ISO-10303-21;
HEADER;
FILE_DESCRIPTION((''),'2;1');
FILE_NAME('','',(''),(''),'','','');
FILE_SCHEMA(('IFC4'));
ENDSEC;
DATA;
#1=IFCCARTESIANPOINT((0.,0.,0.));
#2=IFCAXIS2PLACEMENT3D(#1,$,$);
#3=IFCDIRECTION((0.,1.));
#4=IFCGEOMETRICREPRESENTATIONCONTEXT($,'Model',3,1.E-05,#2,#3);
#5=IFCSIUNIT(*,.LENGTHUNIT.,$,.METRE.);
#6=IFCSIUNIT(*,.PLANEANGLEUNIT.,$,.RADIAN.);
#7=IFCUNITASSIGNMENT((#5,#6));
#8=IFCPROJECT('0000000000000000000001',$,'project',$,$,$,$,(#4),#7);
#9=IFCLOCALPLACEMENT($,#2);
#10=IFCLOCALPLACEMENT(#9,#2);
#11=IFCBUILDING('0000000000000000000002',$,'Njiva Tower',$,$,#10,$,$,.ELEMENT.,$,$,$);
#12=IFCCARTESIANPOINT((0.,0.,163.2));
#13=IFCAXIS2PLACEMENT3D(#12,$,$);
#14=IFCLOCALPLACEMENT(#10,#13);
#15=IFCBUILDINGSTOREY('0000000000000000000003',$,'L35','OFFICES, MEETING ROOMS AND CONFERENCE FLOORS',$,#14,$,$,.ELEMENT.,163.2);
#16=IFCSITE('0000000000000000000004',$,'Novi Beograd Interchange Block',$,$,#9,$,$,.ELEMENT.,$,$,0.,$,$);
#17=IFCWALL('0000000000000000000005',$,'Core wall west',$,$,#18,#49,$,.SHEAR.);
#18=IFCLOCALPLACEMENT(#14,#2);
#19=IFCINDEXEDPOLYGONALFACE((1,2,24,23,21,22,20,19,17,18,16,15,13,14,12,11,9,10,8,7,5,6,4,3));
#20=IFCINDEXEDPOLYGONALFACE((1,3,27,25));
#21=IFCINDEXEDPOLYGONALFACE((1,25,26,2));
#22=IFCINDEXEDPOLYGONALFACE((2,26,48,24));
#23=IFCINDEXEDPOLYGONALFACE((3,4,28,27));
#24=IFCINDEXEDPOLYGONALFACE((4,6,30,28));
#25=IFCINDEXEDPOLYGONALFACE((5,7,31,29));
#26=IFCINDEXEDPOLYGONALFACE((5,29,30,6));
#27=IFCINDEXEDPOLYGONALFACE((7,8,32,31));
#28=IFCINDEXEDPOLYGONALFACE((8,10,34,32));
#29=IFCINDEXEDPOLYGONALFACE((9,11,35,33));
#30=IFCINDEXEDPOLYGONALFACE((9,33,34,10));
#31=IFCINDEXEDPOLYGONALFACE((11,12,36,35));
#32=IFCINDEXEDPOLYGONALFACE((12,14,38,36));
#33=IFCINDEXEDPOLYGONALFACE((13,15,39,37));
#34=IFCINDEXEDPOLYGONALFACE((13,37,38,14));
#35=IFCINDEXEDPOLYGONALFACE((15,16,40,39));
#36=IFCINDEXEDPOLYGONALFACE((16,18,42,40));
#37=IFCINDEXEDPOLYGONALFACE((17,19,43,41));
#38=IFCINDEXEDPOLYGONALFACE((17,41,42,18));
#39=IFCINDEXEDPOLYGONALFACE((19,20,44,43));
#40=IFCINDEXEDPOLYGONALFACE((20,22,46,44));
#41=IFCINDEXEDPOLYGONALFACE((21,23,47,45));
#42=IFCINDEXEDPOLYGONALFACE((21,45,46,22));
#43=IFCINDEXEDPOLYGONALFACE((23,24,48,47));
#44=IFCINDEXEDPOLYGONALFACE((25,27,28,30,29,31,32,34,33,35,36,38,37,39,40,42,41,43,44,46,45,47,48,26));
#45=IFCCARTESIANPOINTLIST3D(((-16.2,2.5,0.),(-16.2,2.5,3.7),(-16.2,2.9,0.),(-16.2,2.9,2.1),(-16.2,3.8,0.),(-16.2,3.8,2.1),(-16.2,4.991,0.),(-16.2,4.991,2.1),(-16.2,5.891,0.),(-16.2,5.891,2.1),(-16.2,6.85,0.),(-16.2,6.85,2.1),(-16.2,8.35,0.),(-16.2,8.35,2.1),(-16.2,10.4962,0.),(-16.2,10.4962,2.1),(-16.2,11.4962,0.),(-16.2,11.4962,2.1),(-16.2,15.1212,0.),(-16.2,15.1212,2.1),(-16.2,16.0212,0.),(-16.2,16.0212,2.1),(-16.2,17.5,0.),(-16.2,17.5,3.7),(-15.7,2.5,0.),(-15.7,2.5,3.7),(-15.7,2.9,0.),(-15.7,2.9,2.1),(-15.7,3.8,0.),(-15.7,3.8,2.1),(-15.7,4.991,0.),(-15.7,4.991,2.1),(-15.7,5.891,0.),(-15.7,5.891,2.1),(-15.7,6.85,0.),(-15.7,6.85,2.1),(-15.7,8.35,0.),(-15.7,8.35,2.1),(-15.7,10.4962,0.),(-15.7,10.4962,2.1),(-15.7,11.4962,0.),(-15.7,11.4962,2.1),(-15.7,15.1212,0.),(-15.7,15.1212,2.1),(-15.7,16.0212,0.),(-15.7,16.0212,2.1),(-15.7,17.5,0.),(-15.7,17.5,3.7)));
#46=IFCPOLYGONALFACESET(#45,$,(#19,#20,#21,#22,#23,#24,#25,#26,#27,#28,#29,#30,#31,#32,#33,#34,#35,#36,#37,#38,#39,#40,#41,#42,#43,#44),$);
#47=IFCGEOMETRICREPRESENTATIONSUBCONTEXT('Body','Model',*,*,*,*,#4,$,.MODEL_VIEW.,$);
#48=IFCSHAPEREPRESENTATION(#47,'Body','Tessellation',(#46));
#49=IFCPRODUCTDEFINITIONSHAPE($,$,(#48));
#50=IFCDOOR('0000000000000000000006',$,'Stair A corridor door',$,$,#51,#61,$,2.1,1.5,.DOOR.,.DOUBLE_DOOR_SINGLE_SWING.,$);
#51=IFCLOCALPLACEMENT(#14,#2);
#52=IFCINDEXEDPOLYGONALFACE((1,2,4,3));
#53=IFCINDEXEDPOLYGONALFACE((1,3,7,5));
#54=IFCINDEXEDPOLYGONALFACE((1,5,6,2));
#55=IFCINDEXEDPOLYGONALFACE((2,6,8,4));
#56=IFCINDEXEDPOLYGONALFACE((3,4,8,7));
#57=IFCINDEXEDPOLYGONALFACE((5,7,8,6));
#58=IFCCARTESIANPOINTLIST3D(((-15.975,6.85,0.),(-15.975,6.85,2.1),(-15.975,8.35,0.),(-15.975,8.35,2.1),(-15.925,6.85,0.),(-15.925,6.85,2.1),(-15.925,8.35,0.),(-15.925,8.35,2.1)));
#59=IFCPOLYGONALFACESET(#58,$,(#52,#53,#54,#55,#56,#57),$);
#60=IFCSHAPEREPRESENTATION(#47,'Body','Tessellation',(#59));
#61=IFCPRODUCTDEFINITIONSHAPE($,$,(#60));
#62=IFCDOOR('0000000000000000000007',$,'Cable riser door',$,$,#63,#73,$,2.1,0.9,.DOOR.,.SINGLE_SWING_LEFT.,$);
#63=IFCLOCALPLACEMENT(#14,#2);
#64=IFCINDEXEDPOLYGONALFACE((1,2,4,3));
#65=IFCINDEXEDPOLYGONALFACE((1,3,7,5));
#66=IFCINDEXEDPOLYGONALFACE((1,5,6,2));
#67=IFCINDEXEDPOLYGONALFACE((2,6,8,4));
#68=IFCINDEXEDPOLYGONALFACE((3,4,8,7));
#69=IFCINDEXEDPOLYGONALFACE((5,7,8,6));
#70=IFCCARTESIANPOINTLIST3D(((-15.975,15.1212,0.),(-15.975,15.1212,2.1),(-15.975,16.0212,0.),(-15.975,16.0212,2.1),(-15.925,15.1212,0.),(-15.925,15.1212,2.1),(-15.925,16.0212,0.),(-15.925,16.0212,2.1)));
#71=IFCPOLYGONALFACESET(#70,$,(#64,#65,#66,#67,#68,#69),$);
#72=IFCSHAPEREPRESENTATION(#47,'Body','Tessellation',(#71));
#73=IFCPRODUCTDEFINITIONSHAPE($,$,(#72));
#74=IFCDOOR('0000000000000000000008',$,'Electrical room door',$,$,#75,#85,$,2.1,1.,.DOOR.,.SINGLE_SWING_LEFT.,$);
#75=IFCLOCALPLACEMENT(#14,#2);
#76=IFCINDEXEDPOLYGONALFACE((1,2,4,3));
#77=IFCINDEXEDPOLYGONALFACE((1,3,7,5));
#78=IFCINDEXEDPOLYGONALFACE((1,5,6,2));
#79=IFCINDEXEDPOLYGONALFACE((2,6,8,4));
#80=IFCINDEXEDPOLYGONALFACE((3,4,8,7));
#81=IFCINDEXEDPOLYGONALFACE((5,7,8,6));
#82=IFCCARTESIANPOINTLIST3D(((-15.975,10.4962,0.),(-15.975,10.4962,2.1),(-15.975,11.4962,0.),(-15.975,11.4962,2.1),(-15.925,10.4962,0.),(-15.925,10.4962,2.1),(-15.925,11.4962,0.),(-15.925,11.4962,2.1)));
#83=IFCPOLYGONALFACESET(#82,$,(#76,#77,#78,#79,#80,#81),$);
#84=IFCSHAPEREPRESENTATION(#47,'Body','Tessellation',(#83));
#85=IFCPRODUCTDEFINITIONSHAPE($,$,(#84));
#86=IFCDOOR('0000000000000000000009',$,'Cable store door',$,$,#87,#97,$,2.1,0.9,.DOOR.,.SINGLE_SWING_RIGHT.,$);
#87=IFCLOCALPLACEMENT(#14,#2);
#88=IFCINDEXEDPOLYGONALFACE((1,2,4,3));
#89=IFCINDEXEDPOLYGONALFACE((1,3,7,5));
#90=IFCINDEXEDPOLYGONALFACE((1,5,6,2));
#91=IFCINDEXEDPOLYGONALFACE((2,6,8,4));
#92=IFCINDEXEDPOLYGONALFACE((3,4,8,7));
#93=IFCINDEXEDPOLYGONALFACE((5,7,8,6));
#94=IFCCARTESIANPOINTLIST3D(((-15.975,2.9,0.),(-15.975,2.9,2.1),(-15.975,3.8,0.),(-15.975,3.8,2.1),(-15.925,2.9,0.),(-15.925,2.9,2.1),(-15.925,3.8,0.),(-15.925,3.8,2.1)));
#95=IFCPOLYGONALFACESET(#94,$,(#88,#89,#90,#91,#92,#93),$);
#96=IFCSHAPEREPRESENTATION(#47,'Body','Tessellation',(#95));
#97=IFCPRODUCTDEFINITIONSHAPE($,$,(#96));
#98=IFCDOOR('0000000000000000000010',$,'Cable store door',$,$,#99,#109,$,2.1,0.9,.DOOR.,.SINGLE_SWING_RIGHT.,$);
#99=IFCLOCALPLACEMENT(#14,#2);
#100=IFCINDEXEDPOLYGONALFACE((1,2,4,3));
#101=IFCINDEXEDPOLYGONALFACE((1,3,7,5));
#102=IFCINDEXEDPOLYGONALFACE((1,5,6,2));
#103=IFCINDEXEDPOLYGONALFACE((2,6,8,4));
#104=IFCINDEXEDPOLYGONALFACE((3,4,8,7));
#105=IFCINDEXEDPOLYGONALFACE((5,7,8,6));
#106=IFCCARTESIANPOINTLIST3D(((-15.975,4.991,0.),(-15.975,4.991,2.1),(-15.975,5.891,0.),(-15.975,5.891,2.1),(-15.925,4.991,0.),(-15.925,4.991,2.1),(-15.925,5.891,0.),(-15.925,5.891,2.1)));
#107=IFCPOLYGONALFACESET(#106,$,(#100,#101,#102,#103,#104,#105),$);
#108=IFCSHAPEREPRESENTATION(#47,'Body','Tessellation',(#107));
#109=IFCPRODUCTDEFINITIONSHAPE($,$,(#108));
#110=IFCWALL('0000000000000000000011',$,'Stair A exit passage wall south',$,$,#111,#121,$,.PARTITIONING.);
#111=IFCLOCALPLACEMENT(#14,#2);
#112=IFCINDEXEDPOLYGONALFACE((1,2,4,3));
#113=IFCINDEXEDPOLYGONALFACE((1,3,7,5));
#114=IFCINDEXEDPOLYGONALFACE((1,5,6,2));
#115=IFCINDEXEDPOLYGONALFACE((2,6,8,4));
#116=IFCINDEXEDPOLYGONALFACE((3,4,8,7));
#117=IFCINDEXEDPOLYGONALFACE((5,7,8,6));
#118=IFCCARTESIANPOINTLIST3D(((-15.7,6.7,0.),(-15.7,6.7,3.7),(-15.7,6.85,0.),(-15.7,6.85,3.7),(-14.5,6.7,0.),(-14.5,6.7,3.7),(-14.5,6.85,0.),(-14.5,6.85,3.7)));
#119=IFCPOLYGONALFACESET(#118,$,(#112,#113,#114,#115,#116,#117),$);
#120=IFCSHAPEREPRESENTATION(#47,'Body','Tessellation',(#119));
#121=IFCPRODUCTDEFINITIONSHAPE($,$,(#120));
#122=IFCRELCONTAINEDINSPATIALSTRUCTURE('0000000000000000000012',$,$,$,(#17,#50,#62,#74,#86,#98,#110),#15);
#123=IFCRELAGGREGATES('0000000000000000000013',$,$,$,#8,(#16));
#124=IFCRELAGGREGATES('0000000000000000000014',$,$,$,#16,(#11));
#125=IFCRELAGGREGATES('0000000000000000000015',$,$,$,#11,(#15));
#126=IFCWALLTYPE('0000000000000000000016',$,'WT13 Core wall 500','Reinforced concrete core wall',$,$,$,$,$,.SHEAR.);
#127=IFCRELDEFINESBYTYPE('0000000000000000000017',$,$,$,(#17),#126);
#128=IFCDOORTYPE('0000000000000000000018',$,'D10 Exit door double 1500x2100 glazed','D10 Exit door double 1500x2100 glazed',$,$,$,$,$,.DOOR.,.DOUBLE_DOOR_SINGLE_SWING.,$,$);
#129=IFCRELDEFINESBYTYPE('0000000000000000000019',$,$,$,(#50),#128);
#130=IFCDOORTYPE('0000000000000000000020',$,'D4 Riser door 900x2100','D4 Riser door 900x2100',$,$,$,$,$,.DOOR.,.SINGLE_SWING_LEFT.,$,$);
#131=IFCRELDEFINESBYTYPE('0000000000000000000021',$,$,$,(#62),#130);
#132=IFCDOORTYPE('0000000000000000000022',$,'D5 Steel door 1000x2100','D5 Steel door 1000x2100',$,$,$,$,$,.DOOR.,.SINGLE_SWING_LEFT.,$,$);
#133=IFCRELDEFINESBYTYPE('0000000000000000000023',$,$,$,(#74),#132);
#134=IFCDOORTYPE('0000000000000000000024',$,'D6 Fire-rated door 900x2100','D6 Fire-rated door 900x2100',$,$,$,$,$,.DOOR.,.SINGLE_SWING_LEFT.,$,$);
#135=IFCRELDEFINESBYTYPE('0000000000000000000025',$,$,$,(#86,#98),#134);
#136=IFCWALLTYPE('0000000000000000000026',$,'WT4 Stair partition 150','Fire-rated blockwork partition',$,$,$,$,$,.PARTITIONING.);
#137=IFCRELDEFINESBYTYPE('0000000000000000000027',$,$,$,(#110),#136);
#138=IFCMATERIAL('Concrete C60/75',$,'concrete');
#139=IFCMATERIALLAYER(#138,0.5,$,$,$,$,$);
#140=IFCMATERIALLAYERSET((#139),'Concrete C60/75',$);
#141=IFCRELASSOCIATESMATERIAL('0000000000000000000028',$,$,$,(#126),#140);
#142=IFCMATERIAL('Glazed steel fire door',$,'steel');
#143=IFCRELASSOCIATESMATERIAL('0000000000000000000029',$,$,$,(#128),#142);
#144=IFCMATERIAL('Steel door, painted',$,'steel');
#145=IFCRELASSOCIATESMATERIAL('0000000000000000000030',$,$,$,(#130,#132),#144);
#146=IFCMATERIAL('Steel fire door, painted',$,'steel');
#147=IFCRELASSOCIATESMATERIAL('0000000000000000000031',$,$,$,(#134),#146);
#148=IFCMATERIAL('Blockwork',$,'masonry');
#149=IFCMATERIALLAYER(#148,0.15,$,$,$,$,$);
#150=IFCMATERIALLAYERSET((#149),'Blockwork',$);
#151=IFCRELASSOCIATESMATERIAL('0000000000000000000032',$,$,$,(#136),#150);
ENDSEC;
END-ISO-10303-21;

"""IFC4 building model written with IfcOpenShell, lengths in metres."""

from ifc_helpers import new_model, si_unit, direction, frame, frame_2d, origin, place, context, subcontext, project, spatial, rectangle, extrude, material, layer, layer_set, type_object, element, fill, save


model = new_model("IFC4")

# Units and contexts
model_context = context("Model", 3, precision=1e-05, world=origin(), true_north=direction((0.0, 1.0)))
body_context = subcontext(model_context, "Body", "Model", "MODEL_VIEW")
ifc_project = project(units=[si_unit("LENGTHUNIT", "METRE"), si_unit("PLANEANGLEUNIT", "RADIAN")], contexts=[model_context])

# Site, building, storey
site_placement = place(None, origin())
site = spatial("IfcSite", under=ifc_project, at=site_placement, Name="Novi Beograd Interchange Block", CompositionType="ELEMENT", RefElevation=0.0)
building_placement = place(site_placement, origin())
building = spatial("IfcBuilding", under=site, at=building_placement, Name="Njiva Tower", CompositionType="ELEMENT")
storey_placement = place(building_placement, frame((0.0, 0.0, 163.2)))
storey = spatial("IfcBuildingStorey", under=building, at=storey_placement, Name="L35", Description="OFFICES, MEETING ROOMS AND CONFERENCE FLOORS", CompositionType="ELEMENT", Elevation=163.2)

# Shared definitions
ifc_material_1 = material(Name="Blockwork", Category="masonry")

# Wall, openings, doors
ifc_material_2 = material(Name="Concrete C60/75", Category="concrete")
ifc_layer_1 = layer(ifc_material_2, 0.5)
ifc_layer_set_1 = layer_set([ifc_layer_1], Name="Concrete C60/75")
wall_type_1 = type_object("IfcWallType", Name="WT13 Core wall 500", Description="Reinforced concrete core wall", PredefinedType="SHEAR", material=ifc_layer_set_1)
wall_1_placement = place(storey_placement, frame((-15.95, 2.5, 0.0), z_axis=(0.0, 0.0, 1.0), x_axis=(0.0, 1.0, 0.0)))
wall_1 = element("IfcWall", 1, at=wall_1_placement, inside=storey, type_object=wall_type_1, Name="Core wall west", PredefinedType="SHEAR", context=body_context, shape_type="SweptSolid", body=[
    extrude(rectangle(XDim=15.0, YDim=0.5, at=frame_2d((7.5, 0.0))), origin(), (0.0, 0.0, 1.0), 3.7),
])
opening_1_placement = place(wall_1_placement, frame((4.35, 0.0, 0.0)))
opening_1 = element("IfcOpeningElement", 2, at=opening_1_placement, cuts=wall_1, PredefinedType="OPENING", context=body_context, shape_type="SweptSolid", body=[
    extrude(rectangle(XDim=1.5, YDim=2.1, at=frame_2d((0.75, 1.05))), frame((0.0, 0.26, 0.0), z_axis=(0.0, -1.0, 0.0), x_axis=(1.0, 0.0, 0.0)), (0.0, 0.0, 1.0), 0.52),
])
opening_2_placement = place(wall_1_placement, frame((0.4, 0.0, 0.0)))
opening_2 = element("IfcOpeningElement", 3, at=opening_2_placement, cuts=wall_1, PredefinedType="OPENING", context=body_context, shape_type="SweptSolid", body=[
    extrude(rectangle(XDim=0.9, YDim=2.1, at=frame_2d((0.45, 1.05))), frame((0.0, 0.26, 0.0), z_axis=(0.0, -1.0, 0.0), x_axis=(1.0, 0.0, 0.0)), (0.0, 0.0, 1.0), 0.52),
])
opening_3_placement = place(wall_1_placement, frame((2.491, 0.0, 0.0)))
opening_3 = element("IfcOpeningElement", 4, at=opening_3_placement, cuts=wall_1, PredefinedType="OPENING", context=body_context, shape_type="SweptSolid", body=[
    extrude(rectangle(XDim=0.9, YDim=2.1, at=frame_2d((0.45, 1.05))), frame((0.0, 0.26, 0.0), z_axis=(0.0, -1.0, 0.0), x_axis=(1.0, 0.0, 0.0)), (0.0, 0.0, 1.0), 0.52),
])
opening_4_placement = place(wall_1_placement, frame((7.9962, 0.0, 0.0)))
opening_4 = element("IfcOpeningElement", 5, at=opening_4_placement, cuts=wall_1, PredefinedType="OPENING", context=body_context, shape_type="SweptSolid", body=[
    extrude(rectangle(XDim=1.0, YDim=2.1, at=frame_2d((0.5, 1.05))), frame((0.0, 0.26, 0.0), z_axis=(0.0, -1.0, 0.0), x_axis=(1.0, 0.0, 0.0)), (0.0, 0.0, 1.0), 0.52),
])
opening_5_placement = place(wall_1_placement, frame((12.6212, 0.0, 0.0)))
opening_5 = element("IfcOpeningElement", 6, at=opening_5_placement, cuts=wall_1, PredefinedType="OPENING", context=body_context, shape_type="SweptSolid", body=[
    extrude(rectangle(XDim=0.9, YDim=2.1, at=frame_2d((0.45, 1.05))), frame((0.0, 0.26, 0.0), z_axis=(0.0, -1.0, 0.0), x_axis=(1.0, 0.0, 0.0)), (0.0, 0.0, 1.0), 0.52),
])
ifc_material_3 = material(Name="Glazed steel fire door", Category="steel")
door_type_1 = type_object("IfcDoorType", Name="D10 Exit door double 1500x2100 glazed", Description="D10 Exit door double 1500x2100 glazed", OperationType="DOUBLE_DOOR_SINGLE_SWING", PredefinedType="DOOR", material=ifc_material_3)
door_1_placement = place(opening_1_placement, origin())
door_1 = element("IfcDoor", 7, at=door_1_placement, inside=storey, type_object=door_type_1, Name="Stair A corridor door", OperationType="DOUBLE_DOOR_SINGLE_SWING", OverallHeight=2.1, OverallWidth=1.5, PredefinedType="DOOR", context=body_context, shape_type="SweptSolid", body=[
    extrude(rectangle(XDim=1.5, YDim=2.1, at=frame_2d((0.75, 1.05))), frame((0.0, 0.025, 0.0), z_axis=(0.0, -1.0, 0.0), x_axis=(1.0, 0.0, 0.0)), (0.0, 0.0, 1.0), 0.05),
])
fill(opening_1, door_1)
ifc_material_4 = material(Name="Steel door, painted", Category="steel")
door_type_2 = type_object("IfcDoorType", Name="D4 Riser door 900x2100", Description="D4 Riser door 900x2100", OperationType="SINGLE_SWING_LEFT", PredefinedType="DOOR", material=ifc_material_4)
door_2_placement = place(opening_5_placement, origin())
door_2 = element("IfcDoor", 8, at=door_2_placement, inside=storey, type_object=door_type_2, Name="Cable riser door", OperationType="SINGLE_SWING_LEFT", OverallHeight=2.1, OverallWidth=0.9, PredefinedType="DOOR", context=body_context, shape_type="SweptSolid", body=[
    extrude(rectangle(XDim=0.9, YDim=2.1, at=frame_2d((0.45, 1.05))), frame((0.0, 0.025, 0.0), z_axis=(0.0, -1.0, 0.0), x_axis=(1.0, 0.0, 0.0)), (0.0, 0.0, 1.0), 0.05),
])
fill(opening_5, door_2)
door_type_3 = type_object("IfcDoorType", Name="D5 Steel door 1000x2100", Description="D5 Steel door 1000x2100", OperationType="SINGLE_SWING_LEFT", PredefinedType="DOOR", material=ifc_material_4)
door_3_placement = place(opening_4_placement, origin())
door_3 = element("IfcDoor", 9, at=door_3_placement, inside=storey, type_object=door_type_3, Name="Electrical room door", OperationType="SINGLE_SWING_LEFT", OverallHeight=2.1, OverallWidth=1.0, PredefinedType="DOOR", context=body_context, shape_type="SweptSolid", body=[
    extrude(rectangle(XDim=1.0, YDim=2.1, at=frame_2d((0.5, 1.05))), frame((0.0, 0.025, 0.0), z_axis=(0.0, -1.0, 0.0), x_axis=(1.0, 0.0, 0.0)), (0.0, 0.0, 1.0), 0.05),
])
fill(opening_4, door_3)
ifc_material_5 = material(Name="Steel fire door, painted", Category="steel")
door_type_4 = type_object("IfcDoorType", Name="D6 Fire-rated door 900x2100", Description="D6 Fire-rated door 900x2100", OperationType="SINGLE_SWING_LEFT", PredefinedType="DOOR", material=ifc_material_5)
door_4_placement = place(opening_2_placement, origin())
door_4 = element("IfcDoor", 10, at=door_4_placement, inside=storey, type_object=door_type_4, Name="Cable store door", OperationType="SINGLE_SWING_RIGHT", OverallHeight=2.1, OverallWidth=0.9, PredefinedType="DOOR", context=body_context, shape_type="SweptSolid", body=[
    extrude(rectangle(XDim=0.9, YDim=2.1, at=frame_2d((0.45, 1.05))), frame((0.0, 0.025, 0.0), z_axis=(0.0, -1.0, 0.0), x_axis=(1.0, 0.0, 0.0)), (0.0, 0.0, 1.0), 0.05),
])
fill(opening_2, door_4)
door_5_placement = place(opening_3_placement, origin())
door_5 = element("IfcDoor", 11, at=door_5_placement, inside=storey, type_object=door_type_4, Name="Cable store door", OperationType="SINGLE_SWING_RIGHT", OverallHeight=2.1, OverallWidth=0.9, PredefinedType="DOOR", context=body_context, shape_type="SweptSolid", body=[
    extrude(rectangle(XDim=0.9, YDim=2.1, at=frame_2d((0.45, 1.05))), frame((0.0, 0.025, 0.0), z_axis=(0.0, -1.0, 0.0), x_axis=(1.0, 0.0, 0.0)), (0.0, 0.0, 1.0), 0.05),
])
fill(opening_3, door_5)

# Wall
ifc_layer_2 = layer(ifc_material_1, 0.15)
ifc_layer_set_2 = layer_set([ifc_layer_2], Name="Blockwork")
wall_type_2 = type_object("IfcWallType", Name="WT4 Stair partition 150", Description="Fire-rated blockwork partition", PredefinedType="PARTITIONING", material=ifc_layer_set_2)
wall_2_placement = place(storey_placement, frame((-15.7, 6.775, 0.0), z_axis=(0.0, 0.0, 1.0), x_axis=(1.0, 0.0, 0.0)))
element("IfcWall", 12, at=wall_2_placement, inside=storey, type_object=wall_type_2, Name="Stair A exit passage wall south", PredefinedType="PARTITIONING", context=body_context, shape_type="SweptSolid", body=[
    extrude(rectangle(XDim=1.2, YDim=0.15, at=frame_2d((0.6, 0.0))), origin(), (0.0, 0.0, 1.0), 3.7),
])

save(model, "model.ifc")
